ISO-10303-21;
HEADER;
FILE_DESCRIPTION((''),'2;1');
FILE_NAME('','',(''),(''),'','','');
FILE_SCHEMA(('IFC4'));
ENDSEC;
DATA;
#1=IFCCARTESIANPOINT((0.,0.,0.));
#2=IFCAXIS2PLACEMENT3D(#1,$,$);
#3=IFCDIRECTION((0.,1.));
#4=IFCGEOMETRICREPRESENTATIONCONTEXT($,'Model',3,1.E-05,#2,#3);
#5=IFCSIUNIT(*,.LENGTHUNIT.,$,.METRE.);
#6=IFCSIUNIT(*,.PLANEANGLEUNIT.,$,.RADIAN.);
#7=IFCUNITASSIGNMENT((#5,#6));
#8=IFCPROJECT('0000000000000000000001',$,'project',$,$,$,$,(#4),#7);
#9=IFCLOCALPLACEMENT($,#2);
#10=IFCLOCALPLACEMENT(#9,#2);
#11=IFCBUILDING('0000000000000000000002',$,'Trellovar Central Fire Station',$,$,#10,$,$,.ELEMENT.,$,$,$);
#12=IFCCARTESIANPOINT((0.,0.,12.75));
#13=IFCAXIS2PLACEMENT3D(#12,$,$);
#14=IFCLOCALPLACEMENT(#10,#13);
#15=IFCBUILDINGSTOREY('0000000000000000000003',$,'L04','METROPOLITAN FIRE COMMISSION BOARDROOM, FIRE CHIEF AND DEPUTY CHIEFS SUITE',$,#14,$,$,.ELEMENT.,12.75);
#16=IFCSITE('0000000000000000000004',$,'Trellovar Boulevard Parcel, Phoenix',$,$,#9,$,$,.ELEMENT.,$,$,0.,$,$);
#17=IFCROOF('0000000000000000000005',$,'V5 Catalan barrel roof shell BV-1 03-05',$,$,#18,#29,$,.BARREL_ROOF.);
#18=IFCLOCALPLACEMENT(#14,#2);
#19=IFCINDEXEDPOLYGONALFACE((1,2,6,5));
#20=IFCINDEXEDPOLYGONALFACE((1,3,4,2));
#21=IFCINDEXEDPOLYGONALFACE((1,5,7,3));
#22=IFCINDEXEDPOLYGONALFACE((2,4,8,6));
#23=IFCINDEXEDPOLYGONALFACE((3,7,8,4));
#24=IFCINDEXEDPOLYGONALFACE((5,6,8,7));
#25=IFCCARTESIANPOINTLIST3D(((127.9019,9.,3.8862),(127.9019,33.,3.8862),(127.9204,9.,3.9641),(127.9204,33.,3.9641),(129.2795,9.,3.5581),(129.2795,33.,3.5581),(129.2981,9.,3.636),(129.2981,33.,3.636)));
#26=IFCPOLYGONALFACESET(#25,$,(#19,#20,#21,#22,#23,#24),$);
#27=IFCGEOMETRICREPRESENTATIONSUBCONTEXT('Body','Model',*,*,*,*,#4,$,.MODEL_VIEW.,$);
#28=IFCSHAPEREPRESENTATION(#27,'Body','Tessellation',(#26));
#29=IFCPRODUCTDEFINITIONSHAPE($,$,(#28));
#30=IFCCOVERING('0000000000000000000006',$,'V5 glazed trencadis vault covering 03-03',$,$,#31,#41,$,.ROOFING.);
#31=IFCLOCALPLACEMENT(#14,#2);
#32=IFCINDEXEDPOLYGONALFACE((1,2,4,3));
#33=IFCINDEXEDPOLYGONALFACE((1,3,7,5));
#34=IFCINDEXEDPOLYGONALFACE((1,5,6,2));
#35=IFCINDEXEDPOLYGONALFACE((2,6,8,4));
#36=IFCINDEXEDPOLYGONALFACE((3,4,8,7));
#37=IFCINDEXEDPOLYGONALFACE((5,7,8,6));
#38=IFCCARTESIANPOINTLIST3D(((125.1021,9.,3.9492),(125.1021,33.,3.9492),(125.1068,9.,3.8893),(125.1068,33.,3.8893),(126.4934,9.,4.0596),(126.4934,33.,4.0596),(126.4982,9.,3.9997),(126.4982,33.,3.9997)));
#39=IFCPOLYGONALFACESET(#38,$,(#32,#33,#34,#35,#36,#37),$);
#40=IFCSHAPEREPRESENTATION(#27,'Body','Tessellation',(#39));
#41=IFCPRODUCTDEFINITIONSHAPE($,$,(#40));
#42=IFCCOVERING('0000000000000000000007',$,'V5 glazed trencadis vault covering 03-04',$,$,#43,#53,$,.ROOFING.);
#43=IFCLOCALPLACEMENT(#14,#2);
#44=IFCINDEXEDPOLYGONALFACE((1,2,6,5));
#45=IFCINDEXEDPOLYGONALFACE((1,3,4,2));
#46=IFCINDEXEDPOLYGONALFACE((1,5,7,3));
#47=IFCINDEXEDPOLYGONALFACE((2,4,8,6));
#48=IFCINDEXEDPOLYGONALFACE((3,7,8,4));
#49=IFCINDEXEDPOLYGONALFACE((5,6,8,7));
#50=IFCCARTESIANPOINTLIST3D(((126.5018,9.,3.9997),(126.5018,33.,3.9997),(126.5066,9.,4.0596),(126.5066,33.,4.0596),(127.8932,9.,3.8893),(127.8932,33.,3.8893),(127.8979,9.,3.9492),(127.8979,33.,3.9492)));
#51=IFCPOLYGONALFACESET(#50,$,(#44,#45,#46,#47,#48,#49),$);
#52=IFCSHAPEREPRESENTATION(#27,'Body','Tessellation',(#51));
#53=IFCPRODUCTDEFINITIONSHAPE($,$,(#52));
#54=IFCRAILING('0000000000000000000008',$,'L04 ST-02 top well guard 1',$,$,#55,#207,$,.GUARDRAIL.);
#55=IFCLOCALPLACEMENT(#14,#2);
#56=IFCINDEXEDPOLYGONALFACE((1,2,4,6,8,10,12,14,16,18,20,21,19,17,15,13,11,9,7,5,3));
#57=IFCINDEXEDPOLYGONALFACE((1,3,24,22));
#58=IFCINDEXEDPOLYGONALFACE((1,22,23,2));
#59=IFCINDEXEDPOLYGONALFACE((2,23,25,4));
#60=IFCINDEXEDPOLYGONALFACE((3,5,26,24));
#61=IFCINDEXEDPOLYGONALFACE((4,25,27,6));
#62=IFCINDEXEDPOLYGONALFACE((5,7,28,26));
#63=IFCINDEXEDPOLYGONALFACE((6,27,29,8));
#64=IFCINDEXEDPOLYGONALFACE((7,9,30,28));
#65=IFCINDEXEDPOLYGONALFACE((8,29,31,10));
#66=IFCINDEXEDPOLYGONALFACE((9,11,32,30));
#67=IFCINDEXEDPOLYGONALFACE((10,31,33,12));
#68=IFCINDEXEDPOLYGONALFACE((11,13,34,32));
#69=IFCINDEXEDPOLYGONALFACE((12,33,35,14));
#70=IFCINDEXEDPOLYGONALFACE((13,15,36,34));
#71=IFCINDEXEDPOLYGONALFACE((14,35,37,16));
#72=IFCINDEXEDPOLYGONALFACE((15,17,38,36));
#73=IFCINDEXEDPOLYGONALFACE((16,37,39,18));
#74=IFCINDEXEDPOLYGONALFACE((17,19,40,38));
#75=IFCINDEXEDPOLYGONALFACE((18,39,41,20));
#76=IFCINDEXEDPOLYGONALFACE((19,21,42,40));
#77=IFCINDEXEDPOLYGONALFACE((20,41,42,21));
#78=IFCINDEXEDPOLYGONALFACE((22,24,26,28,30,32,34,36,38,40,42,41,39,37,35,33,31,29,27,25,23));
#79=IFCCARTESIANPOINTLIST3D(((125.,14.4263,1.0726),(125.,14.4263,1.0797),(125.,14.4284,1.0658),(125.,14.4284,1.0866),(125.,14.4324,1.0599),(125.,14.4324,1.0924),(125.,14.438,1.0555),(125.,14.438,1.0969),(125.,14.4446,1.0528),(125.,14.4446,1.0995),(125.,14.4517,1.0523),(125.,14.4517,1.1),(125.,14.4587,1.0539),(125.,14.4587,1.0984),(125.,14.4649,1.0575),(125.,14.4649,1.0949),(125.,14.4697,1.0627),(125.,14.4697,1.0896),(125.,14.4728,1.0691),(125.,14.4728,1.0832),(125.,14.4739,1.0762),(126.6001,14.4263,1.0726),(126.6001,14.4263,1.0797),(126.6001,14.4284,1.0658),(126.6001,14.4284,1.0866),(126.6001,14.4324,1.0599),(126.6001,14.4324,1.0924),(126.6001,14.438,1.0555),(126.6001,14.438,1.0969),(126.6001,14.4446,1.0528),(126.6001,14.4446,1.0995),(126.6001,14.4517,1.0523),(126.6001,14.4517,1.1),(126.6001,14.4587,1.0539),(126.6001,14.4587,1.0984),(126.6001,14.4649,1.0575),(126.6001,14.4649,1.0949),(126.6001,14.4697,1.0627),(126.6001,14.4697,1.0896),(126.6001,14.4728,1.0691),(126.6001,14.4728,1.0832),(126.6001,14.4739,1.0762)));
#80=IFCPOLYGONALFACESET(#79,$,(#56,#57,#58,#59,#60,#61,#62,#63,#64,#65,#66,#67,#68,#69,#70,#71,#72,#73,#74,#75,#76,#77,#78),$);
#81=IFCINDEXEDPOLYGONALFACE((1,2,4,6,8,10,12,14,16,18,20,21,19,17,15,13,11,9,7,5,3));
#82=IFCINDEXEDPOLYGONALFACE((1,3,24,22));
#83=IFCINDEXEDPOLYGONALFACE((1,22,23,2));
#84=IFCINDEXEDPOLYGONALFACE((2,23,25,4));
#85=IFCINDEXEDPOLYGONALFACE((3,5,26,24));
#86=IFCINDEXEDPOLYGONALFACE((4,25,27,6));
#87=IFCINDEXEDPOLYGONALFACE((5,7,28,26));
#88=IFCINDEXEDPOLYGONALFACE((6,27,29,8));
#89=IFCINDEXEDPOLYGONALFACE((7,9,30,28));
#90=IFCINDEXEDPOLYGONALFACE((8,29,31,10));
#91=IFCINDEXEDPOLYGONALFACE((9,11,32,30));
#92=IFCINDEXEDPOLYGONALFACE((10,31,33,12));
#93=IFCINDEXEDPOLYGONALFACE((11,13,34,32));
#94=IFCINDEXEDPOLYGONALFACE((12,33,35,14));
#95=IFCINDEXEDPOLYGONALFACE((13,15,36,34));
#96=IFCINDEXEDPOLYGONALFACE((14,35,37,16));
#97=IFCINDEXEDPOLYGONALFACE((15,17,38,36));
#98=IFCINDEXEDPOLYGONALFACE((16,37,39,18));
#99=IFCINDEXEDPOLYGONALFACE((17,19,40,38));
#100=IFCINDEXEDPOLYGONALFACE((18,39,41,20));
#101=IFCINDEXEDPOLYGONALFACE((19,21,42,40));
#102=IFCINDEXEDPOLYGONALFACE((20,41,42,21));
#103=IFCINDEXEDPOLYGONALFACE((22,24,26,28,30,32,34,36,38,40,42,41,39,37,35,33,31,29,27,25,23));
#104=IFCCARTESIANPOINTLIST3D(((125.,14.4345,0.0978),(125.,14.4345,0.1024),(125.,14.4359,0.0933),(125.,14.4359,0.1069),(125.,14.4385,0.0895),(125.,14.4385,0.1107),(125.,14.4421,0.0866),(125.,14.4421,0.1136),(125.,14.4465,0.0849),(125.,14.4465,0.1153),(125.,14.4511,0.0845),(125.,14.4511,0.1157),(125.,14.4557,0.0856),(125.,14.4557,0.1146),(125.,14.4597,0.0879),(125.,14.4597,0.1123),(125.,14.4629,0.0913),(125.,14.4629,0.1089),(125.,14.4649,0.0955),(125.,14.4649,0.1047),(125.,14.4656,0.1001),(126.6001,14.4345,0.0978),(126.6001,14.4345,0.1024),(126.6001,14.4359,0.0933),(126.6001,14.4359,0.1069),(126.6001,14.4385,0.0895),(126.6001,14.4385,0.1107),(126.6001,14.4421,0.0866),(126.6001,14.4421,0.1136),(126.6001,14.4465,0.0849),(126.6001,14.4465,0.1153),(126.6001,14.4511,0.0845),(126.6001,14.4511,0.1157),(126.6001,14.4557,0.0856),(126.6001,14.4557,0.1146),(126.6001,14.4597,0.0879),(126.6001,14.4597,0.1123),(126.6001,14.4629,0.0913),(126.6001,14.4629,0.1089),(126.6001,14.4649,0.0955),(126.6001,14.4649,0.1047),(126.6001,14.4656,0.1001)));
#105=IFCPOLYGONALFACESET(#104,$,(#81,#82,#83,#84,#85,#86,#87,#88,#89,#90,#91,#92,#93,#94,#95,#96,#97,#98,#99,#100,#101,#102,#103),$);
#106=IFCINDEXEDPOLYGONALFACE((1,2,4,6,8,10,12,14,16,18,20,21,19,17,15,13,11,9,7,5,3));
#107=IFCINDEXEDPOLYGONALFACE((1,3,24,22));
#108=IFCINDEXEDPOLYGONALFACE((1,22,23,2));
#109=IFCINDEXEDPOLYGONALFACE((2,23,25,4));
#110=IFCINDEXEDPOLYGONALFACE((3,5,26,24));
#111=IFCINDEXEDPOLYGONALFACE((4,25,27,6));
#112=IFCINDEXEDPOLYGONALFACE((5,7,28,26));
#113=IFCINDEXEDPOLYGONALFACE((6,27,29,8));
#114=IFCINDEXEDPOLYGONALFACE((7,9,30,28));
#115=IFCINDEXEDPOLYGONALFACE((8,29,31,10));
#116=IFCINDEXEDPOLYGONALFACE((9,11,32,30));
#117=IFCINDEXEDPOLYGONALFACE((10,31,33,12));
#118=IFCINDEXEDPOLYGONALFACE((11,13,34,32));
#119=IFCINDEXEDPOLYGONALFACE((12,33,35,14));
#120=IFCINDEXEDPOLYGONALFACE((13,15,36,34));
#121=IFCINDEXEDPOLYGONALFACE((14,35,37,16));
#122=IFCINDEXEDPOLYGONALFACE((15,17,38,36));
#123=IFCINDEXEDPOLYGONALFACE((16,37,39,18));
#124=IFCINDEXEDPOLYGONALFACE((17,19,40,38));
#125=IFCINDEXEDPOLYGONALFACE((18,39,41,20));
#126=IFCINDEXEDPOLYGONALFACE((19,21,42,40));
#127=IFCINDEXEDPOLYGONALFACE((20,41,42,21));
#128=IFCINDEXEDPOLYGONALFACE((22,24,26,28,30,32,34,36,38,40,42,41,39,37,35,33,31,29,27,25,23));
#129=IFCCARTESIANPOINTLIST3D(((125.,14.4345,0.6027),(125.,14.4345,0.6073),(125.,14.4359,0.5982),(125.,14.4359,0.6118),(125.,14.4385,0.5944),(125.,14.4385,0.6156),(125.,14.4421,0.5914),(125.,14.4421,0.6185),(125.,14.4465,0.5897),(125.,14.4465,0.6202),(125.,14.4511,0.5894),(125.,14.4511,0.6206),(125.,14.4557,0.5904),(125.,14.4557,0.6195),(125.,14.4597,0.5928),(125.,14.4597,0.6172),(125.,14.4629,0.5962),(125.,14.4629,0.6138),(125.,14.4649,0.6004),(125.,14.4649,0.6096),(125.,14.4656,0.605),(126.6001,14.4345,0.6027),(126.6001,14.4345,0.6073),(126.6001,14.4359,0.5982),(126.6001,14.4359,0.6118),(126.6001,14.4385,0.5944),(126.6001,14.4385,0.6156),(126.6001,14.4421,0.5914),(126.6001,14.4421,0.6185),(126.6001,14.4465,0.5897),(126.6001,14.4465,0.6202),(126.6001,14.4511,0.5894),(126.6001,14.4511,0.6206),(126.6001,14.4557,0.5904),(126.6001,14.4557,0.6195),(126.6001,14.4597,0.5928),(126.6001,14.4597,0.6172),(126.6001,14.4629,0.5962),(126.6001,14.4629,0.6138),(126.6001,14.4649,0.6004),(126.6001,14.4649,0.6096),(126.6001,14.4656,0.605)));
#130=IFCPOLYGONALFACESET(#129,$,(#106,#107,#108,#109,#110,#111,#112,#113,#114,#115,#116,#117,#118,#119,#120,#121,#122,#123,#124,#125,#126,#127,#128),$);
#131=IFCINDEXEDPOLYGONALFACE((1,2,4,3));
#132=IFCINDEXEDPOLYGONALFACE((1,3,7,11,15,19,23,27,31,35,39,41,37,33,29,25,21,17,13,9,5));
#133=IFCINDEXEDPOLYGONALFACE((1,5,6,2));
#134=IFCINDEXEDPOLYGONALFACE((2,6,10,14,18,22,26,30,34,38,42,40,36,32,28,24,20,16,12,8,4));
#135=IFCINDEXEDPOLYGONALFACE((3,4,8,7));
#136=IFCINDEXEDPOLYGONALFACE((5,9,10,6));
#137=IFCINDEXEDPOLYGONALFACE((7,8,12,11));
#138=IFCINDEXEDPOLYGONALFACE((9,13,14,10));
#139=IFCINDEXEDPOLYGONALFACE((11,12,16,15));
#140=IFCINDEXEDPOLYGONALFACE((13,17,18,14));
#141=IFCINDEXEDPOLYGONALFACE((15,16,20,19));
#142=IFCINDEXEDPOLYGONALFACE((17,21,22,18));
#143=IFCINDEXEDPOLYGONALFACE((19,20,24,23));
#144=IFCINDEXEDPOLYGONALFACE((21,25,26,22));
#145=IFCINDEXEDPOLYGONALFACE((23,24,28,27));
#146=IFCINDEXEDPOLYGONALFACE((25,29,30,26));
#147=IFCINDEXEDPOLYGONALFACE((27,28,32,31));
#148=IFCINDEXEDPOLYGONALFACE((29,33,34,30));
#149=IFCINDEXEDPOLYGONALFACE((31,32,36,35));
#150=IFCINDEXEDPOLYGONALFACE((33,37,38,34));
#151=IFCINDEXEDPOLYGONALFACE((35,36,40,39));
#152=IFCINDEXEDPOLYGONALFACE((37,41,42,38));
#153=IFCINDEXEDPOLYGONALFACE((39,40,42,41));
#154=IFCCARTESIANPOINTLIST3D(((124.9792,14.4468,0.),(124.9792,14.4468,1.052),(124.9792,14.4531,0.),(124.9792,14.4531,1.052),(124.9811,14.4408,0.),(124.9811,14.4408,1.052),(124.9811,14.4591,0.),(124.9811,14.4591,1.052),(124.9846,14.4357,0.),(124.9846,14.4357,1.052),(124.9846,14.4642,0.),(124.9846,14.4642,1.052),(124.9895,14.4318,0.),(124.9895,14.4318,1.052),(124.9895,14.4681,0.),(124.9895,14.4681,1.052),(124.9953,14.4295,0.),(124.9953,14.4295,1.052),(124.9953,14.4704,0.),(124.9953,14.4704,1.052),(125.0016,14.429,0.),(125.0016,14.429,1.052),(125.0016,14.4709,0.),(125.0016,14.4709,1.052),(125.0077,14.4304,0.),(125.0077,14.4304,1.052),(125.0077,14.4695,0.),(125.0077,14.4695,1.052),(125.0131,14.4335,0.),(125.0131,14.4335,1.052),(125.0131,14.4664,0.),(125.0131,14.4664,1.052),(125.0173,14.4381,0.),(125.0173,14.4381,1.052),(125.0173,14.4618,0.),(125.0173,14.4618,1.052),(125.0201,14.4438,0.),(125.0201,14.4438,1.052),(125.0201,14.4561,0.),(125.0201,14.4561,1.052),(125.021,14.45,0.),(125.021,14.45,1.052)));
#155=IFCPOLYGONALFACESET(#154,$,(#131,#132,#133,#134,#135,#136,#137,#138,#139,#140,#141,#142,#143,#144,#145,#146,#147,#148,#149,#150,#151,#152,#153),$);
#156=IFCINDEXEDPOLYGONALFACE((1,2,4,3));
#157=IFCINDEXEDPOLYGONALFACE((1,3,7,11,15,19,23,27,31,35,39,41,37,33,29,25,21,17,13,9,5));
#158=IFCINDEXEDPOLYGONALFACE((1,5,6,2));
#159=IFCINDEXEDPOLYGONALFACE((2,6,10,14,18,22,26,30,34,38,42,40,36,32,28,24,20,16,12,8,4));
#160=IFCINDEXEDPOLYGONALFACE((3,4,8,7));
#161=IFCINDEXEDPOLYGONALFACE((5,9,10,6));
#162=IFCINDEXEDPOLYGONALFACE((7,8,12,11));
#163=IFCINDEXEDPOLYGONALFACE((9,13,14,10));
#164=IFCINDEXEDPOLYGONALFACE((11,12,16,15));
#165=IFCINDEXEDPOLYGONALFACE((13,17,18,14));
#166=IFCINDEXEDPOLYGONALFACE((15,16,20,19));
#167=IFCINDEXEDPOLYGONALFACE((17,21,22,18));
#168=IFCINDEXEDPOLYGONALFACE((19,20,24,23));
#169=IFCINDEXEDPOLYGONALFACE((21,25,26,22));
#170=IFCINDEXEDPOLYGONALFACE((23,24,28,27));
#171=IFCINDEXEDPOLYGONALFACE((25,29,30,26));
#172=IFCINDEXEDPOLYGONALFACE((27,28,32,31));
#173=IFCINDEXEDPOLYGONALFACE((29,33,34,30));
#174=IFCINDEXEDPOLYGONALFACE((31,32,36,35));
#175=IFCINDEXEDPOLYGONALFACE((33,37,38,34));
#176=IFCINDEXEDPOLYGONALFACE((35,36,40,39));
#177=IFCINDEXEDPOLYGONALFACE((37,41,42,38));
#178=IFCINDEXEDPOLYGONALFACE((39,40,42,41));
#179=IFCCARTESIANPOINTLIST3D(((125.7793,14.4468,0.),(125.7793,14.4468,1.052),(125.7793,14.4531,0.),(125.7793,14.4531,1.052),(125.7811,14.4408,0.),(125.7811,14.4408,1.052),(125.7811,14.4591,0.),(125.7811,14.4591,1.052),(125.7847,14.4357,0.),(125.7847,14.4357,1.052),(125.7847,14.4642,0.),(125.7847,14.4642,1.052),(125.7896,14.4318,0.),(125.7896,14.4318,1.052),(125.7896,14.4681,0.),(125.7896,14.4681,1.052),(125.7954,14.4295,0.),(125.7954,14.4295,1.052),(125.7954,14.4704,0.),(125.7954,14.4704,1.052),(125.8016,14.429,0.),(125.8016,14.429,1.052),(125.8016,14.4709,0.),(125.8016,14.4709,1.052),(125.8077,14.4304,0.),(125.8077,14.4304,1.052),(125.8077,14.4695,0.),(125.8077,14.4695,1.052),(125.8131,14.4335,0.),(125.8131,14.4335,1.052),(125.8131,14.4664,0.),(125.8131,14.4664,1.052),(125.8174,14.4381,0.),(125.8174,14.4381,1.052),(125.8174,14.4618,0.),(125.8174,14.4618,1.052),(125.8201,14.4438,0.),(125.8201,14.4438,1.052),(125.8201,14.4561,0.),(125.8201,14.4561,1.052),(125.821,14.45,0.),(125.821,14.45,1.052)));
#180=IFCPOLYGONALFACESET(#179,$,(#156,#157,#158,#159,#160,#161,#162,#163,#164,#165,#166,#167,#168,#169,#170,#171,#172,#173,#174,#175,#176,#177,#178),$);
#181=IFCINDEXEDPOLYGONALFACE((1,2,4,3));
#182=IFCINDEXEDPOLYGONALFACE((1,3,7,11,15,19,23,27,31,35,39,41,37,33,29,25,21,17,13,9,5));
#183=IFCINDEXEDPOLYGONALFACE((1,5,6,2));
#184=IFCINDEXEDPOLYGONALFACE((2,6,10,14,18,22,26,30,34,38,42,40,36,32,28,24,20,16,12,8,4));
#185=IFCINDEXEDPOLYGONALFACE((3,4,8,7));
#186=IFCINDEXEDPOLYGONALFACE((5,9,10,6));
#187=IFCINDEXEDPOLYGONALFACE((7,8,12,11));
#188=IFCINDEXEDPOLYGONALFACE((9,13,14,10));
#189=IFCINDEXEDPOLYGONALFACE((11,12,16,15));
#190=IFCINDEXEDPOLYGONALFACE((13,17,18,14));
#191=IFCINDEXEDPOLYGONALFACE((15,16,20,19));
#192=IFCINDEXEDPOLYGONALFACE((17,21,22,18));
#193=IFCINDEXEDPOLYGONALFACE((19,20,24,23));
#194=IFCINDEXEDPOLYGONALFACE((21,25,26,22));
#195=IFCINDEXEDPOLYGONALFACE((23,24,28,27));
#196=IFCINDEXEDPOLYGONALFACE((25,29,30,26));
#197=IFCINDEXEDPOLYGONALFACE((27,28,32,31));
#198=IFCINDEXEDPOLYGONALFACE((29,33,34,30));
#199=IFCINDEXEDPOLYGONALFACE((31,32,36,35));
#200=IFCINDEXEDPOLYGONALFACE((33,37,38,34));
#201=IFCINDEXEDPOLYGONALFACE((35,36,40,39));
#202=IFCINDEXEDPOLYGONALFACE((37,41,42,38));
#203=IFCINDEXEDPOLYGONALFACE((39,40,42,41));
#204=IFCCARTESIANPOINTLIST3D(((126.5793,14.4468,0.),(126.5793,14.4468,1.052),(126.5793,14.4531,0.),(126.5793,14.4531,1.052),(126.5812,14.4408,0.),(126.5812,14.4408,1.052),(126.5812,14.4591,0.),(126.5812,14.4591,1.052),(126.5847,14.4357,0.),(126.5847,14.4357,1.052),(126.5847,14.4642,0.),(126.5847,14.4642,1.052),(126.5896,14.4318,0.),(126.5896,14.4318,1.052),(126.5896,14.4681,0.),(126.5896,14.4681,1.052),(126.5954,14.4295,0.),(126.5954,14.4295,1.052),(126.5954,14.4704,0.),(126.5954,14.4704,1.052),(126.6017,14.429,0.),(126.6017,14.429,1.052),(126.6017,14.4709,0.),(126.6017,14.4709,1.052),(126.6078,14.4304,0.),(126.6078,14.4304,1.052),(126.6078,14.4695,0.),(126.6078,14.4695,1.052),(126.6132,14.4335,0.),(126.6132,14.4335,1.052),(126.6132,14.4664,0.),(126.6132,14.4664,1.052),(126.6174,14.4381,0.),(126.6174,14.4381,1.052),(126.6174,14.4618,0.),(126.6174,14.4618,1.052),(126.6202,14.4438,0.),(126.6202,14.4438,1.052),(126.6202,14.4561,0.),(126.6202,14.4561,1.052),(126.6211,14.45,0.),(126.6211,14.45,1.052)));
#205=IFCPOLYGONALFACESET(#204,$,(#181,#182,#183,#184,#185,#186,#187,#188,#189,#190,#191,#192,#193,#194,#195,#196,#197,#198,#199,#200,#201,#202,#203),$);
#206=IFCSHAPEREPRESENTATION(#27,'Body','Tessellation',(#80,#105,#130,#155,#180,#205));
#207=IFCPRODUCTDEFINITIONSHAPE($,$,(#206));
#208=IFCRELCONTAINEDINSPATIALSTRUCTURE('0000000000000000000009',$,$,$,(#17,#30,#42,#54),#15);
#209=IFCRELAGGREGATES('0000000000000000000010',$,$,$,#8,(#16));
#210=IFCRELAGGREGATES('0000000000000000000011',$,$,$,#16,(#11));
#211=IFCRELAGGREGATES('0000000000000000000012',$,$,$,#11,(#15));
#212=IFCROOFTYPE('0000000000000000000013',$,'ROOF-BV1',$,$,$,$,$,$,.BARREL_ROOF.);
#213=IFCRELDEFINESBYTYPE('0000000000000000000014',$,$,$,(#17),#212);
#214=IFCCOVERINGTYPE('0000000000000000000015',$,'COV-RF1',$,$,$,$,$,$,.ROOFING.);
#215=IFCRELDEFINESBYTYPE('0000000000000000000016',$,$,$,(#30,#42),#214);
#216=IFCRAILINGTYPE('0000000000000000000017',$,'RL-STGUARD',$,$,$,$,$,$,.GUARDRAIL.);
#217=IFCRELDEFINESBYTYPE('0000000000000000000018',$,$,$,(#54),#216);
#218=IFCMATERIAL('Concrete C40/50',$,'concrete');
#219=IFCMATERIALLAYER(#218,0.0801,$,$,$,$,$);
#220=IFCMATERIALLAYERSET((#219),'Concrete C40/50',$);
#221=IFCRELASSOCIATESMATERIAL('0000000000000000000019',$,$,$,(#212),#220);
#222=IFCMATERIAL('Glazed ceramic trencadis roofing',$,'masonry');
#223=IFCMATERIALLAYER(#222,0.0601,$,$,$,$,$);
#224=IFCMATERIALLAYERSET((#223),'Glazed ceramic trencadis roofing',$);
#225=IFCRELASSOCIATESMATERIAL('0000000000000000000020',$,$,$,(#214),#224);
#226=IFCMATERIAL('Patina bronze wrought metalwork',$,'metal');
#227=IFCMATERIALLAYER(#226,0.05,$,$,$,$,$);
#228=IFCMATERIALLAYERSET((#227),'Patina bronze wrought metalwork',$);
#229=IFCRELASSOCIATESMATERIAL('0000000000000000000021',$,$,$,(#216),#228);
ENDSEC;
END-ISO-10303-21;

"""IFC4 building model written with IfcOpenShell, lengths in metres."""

from ifc_helpers import new_model, si_unit, direction, frame, origin, origin_2d, place, context, subcontext, project, spatial, polyline, circle, outline, extrude, material, layer, layer_set, type_object, element, save


model = new_model("IFC4")

# Units and contexts
model_context = context("Model", 3, precision=1e-05, world=origin(), true_north=direction((0.0, 1.0)))
body_context = subcontext(model_context, "Body", "Model", "MODEL_VIEW")
ifc_project = project(units=[si_unit("LENGTHUNIT", "METRE"), si_unit("PLANEANGLEUNIT", "RADIAN")], contexts=[model_context])

# Site, building, storey
site_placement = place(None, origin())
site = spatial("IfcSite", under=ifc_project, at=site_placement, Name="Trellovar Boulevard Parcel, Phoenix", CompositionType="ELEMENT", RefElevation=0.0)
building_placement = place(site_placement, origin())
building = spatial("IfcBuilding", under=site, at=building_placement, Name="Trellovar Central Fire Station", CompositionType="ELEMENT")
storey_placement = place(building_placement, frame((0.0, 0.0, 12.75)))
storey = spatial("IfcBuildingStorey", under=building, at=storey_placement, Name="L04", Description="METROPOLITAN FIRE COMMISSION BOARDROOM, FIRE CHIEF AND DEPUTY CHIEFS SUITE", CompositionType="ELEMENT", Elevation=12.75)

# Roof
ifc_material_1 = material(Name="Concrete C40/50", Category="concrete")
ifc_layer_1 = layer(ifc_material_1, 0.0801)
ifc_layer_set_1 = layer_set([ifc_layer_1], Name="Concrete C40/50")
roof_type = type_object("IfcRoofType", Name="ROOF-BV1", PredefinedType="BARREL_ROOF", material=ifc_layer_set_1)
for number, where, z_axis, x_axis, name in (
    (1, (127.9204, 9.0, 3.9641), (0.23169, 0.0, 0.97279), (0.97279, 0.0, -0.23169), "V5 Catalan barrel roof shell BV-1 03-05"),
):
    element("IfcRoof", number, at=place(storey_placement, frame(where, z_axis=z_axis, x_axis=x_axis)), inside=storey, type_object=roof_type, Name=name, PredefinedType="BARREL_ROOF", context=body_context, shape_type="SweptSolid", body=[
        extrude(outline(polyline([(0.0, 0.0), (1.4162, 0.0), (1.4162, 24.0), (0.0, 24.0), (0.0, 0.0)])), origin(), (0.0, 0.0, -1.0), 0.0801),
    ])

# Coverings
ifc_material_2 = material(Name="Glazed ceramic trencadis roofing", Category="masonry")
ifc_layer_2 = layer(ifc_material_2, 0.0601)
ifc_layer_set_2 = layer_set([ifc_layer_2], Name="Glazed ceramic trencadis roofing")
covering_type = type_object("IfcCoveringType", Name="COV-RF1", PredefinedType="ROOFING", material=ifc_layer_set_2)
for number, where, z_axis, x_axis, name in (
    (2, (125.1021, 9.0, 3.9492), (-0.079064, 0.0, 0.99687), (0.99687, 0.0, 0.079064), "V5 glazed trencadis vault covering 03-03"),
    (3, (126.5066, 9.0, 4.0596), (0.079064, 0.0, 0.99687), (0.99687, 0.0, -0.079064), "V5 glazed trencadis vault covering 03-04"),
):
    element("IfcCovering", number, at=place(storey_placement, frame(where, z_axis=z_axis, x_axis=x_axis)), inside=storey, type_object=covering_type, Name=name, PredefinedType="ROOFING", context=body_context, shape_type="SweptSolid", body=[
        extrude(outline(polyline([(0.0, 0.0), (1.3957, 0.0), (1.3957, 24.0), (0.0, 24.0), (0.0, 0.0)])), origin(), (0.0, 0.0, -1.0), 0.0601),
    ])

# Railing
ifc_material_3 = material(Name="Patina bronze wrought metalwork", Category="metal")
ifc_layer_3 = layer(ifc_material_3, 0.05)
ifc_layer_set_3 = layer_set([ifc_layer_3], Name="Patina bronze wrought metalwork")
railing_type = type_object("IfcRailingType", Name="RL-STGUARD", PredefinedType="GUARDRAIL", material=ifc_layer_set_3)
railing_placement = place(storey_placement, frame((125.0, 14.45, 0.0)))
element("IfcRailing", 4, at=railing_placement, inside=storey, type_object=railing_type, Name="L04 ST-02 top well guard 1", PredefinedType="GUARDRAIL", context=body_context, shape_type="SweptSolid", body=[
    extrude(circle(Radius=0.0239, at=origin_2d()), frame((0.0, 0.0, 1.0762), z_axis=(1.0, 0.0, 0.0), x_axis=(0.0, 1.0, 0.0)), (0.0, 0.0, 1.0), 1.6001),
    extrude(circle(Radius=0.0156, at=origin_2d()), frame((0.0, 0.0, 0.1001), z_axis=(1.0, 0.0, 0.0), x_axis=(0.0, 1.0, 0.0)), (0.0, 0.0, 1.0), 1.6001),
    extrude(circle(Radius=0.0156, at=origin_2d()), frame((0.0, 0.0, 0.605), z_axis=(1.0, 0.0, 0.0), x_axis=(0.0, 1.0, 0.0)), (0.0, 0.0, 1.0), 1.6001),
    extrude(circle(Radius=0.021, at=origin_2d()), origin(), (0.0, 0.0, 1.0), 1.052),
    extrude(circle(Radius=0.021, at=origin_2d()), frame((0.8, 0.0, 0.0)), (0.0, 0.0, 1.0), 1.052),
    extrude(circle(Radius=0.021, at=origin_2d()), frame((1.6001, 0.0, 0.0)), (0.0, 0.0, 1.0), 1.052),
])

save(model, "model.ifc")
